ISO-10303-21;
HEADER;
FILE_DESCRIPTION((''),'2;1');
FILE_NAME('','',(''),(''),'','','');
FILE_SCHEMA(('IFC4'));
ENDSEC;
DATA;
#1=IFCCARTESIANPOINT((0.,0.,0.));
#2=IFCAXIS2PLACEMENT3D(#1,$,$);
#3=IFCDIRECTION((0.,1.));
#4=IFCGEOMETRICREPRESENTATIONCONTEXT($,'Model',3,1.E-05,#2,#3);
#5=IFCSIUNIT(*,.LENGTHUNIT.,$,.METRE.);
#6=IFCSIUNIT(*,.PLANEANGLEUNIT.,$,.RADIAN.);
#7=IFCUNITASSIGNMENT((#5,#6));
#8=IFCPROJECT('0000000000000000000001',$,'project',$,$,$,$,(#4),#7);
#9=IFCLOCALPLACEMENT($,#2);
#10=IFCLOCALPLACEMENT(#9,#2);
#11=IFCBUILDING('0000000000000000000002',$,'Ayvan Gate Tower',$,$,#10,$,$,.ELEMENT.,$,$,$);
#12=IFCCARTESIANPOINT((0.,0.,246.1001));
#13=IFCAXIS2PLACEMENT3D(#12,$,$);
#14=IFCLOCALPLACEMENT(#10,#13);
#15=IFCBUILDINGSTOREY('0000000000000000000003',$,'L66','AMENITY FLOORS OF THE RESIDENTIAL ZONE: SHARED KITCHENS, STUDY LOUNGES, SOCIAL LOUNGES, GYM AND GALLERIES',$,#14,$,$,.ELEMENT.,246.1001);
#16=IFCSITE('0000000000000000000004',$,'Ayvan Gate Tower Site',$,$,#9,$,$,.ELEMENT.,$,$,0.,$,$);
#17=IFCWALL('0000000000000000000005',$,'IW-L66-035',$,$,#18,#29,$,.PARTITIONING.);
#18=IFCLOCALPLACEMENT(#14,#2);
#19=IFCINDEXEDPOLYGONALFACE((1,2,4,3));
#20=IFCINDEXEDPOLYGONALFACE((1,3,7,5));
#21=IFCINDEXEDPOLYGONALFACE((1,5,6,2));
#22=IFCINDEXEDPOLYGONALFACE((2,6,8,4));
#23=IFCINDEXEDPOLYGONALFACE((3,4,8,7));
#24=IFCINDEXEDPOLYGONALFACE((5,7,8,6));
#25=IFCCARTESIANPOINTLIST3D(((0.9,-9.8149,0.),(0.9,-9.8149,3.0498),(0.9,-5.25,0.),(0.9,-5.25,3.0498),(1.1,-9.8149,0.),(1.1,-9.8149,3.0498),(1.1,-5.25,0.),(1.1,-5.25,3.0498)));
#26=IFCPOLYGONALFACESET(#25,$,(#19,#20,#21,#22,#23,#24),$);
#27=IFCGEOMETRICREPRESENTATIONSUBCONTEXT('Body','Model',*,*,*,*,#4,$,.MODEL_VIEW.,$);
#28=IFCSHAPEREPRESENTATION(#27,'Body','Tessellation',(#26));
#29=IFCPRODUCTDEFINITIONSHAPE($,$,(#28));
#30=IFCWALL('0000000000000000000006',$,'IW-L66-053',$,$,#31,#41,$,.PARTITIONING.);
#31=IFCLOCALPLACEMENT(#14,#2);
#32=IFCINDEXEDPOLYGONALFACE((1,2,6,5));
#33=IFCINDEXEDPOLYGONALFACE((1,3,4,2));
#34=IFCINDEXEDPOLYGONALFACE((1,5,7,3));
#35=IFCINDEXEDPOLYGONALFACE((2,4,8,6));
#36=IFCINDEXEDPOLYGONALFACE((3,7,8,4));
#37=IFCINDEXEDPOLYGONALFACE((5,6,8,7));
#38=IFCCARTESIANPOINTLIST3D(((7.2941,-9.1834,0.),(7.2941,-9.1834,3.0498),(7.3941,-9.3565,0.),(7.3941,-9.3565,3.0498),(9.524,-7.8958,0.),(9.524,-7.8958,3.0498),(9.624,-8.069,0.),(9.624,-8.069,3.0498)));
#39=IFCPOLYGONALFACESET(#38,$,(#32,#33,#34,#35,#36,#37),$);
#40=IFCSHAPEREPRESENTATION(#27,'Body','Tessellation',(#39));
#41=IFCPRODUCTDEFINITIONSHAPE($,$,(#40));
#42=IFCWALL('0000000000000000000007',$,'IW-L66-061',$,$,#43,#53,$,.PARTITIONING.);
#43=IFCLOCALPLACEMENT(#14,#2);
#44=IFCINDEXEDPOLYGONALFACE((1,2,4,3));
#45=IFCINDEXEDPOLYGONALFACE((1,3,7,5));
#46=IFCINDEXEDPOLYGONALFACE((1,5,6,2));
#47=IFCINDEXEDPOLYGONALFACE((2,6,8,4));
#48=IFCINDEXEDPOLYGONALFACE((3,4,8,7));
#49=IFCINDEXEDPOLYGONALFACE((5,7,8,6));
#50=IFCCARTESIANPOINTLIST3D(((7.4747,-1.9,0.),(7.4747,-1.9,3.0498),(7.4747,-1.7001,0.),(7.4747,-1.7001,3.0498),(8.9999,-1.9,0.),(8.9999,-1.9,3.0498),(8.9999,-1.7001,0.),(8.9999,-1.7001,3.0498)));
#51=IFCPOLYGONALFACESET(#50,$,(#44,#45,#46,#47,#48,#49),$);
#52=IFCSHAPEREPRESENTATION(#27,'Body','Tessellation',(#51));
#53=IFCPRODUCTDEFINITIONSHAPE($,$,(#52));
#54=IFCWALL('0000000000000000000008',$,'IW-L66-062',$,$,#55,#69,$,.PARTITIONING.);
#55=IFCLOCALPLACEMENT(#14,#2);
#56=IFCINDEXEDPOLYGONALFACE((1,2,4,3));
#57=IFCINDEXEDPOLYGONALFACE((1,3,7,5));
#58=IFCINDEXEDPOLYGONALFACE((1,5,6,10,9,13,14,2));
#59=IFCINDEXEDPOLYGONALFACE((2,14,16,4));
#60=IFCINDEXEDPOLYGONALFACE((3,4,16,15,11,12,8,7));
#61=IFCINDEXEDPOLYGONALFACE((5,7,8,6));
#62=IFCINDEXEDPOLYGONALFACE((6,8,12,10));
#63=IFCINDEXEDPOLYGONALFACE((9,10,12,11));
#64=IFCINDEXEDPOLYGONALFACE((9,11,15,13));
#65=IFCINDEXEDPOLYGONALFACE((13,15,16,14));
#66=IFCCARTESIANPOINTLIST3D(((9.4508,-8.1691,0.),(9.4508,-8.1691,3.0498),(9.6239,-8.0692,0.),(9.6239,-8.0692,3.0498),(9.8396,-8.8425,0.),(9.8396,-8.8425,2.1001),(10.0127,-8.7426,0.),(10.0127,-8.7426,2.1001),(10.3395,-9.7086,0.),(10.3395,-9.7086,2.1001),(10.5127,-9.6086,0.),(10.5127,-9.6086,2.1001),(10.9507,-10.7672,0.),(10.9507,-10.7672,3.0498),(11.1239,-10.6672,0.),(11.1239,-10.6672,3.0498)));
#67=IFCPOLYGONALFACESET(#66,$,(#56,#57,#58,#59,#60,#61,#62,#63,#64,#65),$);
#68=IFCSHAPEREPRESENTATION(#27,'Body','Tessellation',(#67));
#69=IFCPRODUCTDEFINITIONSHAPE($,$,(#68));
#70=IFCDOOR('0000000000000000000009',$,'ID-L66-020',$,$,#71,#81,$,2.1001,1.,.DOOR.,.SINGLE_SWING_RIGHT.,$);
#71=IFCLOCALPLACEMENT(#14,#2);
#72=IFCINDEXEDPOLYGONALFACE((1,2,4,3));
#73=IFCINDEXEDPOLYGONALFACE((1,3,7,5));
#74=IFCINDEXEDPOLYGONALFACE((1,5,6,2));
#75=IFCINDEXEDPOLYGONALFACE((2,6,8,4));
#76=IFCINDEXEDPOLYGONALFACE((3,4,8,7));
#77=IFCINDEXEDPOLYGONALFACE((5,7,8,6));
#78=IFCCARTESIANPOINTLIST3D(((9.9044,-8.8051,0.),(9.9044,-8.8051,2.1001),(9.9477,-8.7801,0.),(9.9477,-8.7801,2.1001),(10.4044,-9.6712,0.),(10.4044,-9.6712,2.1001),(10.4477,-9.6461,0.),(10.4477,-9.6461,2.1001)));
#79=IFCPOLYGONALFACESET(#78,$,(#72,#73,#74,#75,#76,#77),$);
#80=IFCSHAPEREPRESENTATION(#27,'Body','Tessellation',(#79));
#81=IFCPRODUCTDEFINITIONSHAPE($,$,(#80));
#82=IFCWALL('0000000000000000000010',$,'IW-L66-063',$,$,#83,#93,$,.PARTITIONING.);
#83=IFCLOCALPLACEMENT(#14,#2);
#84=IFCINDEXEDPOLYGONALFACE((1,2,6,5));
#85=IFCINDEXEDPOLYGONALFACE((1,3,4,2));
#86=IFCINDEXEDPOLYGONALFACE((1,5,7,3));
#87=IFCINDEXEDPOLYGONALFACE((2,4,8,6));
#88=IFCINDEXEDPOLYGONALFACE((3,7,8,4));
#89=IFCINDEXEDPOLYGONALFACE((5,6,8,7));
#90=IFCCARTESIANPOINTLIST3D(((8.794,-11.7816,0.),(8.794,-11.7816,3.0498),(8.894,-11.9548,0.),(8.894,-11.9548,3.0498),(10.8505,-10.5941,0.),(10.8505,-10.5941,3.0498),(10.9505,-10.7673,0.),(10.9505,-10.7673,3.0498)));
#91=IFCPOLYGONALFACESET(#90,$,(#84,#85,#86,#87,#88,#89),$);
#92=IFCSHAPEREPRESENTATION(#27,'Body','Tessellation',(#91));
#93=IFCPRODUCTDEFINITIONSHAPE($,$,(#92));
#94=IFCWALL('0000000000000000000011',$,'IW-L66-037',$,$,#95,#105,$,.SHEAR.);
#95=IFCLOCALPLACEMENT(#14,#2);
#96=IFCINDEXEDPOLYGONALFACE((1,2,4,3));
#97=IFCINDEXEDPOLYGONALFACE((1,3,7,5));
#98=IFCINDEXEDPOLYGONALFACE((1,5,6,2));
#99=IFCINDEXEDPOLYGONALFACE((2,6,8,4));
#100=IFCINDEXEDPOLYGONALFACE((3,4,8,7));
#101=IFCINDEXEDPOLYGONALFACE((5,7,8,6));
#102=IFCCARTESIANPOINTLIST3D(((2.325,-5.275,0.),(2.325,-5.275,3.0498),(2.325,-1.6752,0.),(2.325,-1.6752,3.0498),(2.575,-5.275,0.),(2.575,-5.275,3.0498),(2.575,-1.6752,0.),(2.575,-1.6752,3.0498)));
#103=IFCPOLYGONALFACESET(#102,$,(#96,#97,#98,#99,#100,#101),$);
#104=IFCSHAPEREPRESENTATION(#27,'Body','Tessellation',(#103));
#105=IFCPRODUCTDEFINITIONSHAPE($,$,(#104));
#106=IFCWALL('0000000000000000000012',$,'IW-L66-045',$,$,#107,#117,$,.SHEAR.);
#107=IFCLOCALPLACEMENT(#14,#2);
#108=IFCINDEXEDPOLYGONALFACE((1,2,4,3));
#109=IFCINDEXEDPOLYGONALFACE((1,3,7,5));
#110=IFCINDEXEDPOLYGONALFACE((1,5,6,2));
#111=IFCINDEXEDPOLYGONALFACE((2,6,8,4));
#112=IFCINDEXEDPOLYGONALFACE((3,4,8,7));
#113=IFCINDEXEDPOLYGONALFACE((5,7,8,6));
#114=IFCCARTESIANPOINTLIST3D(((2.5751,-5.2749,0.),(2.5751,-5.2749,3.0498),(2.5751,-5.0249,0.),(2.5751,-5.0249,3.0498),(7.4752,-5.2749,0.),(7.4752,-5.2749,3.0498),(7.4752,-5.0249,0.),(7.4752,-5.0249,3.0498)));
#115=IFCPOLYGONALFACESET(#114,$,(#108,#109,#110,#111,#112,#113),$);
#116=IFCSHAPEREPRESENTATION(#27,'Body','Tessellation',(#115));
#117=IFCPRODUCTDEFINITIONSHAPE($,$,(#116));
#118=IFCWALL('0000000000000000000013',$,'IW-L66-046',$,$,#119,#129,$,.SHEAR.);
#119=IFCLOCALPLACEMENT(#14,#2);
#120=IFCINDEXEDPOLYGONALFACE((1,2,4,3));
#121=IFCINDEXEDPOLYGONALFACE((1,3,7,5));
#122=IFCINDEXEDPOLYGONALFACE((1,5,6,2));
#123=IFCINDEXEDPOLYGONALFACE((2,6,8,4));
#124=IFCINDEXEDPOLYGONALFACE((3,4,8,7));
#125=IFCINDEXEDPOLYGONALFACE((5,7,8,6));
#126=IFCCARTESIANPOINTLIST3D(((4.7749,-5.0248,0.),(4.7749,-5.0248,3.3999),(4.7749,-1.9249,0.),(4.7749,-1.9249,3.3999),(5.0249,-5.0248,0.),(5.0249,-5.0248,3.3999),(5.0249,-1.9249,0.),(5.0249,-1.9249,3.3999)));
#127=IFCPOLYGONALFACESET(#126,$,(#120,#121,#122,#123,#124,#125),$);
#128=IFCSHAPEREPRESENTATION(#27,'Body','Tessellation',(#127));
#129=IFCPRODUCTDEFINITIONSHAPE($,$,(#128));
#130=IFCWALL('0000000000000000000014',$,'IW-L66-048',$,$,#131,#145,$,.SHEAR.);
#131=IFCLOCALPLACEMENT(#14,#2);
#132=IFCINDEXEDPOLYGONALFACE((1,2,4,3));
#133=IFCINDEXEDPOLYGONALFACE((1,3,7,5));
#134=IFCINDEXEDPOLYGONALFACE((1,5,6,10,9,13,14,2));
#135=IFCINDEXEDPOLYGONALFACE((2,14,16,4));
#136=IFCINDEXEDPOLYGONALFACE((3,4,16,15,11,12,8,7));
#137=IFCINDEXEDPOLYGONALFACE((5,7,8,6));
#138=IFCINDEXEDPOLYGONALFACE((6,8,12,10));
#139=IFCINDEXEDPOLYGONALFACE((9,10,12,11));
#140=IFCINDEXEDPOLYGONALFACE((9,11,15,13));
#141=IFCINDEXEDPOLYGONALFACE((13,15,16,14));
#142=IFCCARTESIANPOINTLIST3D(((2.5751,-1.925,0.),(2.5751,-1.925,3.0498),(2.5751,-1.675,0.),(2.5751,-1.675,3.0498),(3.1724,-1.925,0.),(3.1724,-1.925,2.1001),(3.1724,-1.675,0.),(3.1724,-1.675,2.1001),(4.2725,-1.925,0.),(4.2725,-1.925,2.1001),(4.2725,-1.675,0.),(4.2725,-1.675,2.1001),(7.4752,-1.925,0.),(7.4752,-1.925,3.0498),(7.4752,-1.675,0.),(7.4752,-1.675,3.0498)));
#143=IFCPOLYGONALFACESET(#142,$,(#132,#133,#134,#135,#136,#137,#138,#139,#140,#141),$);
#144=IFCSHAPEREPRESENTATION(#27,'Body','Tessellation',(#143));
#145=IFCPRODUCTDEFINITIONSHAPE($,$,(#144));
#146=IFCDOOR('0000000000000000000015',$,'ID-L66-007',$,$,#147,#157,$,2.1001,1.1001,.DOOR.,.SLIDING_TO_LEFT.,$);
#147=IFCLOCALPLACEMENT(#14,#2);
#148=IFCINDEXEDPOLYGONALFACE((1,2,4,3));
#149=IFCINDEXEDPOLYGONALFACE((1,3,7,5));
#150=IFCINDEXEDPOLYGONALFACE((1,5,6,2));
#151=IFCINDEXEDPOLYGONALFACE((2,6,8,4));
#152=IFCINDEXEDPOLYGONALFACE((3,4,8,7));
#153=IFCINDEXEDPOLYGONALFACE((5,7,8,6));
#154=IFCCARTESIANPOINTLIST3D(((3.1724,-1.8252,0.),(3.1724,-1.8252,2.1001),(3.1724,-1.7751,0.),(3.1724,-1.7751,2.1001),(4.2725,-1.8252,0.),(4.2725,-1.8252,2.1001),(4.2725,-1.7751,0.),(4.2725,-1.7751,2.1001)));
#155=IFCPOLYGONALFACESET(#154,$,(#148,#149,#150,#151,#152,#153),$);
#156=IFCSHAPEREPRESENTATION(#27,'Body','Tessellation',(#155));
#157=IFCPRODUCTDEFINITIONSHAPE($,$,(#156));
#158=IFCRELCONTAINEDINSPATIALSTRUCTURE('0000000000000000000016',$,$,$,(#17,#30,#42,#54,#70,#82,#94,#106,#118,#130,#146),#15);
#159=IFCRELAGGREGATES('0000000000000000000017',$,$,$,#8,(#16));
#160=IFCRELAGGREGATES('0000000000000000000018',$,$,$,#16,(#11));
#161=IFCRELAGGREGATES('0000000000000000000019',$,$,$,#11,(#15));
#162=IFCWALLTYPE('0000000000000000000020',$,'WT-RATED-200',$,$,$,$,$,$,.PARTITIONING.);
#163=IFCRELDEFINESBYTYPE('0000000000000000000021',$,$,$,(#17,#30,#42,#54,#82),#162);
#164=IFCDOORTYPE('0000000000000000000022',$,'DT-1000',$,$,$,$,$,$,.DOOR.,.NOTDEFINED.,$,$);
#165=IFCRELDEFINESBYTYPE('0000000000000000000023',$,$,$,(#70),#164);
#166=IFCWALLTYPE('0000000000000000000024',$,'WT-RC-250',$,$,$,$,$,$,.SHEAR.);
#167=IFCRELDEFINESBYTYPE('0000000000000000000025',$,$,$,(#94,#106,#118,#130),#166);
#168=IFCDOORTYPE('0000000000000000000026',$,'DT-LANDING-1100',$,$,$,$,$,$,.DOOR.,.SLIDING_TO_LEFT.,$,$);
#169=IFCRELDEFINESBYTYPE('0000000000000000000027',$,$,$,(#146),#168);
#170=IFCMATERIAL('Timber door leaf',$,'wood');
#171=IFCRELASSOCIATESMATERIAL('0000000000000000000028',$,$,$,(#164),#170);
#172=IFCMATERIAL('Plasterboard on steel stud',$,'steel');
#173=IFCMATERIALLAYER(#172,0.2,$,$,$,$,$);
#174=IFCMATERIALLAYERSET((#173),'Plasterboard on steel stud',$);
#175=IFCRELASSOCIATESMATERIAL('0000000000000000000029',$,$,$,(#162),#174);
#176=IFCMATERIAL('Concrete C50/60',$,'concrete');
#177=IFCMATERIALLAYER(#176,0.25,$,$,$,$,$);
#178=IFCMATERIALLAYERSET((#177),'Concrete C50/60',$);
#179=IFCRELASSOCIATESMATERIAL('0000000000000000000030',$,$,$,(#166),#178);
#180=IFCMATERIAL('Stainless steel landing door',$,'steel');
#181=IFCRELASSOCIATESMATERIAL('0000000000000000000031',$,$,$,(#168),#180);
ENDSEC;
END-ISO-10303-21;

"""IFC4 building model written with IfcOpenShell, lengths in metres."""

from ifc_helpers import new_model, si_unit, direction, frame, frame_2d, origin, place, context, subcontext, project, spatial, rectangle, extrude, material, layer, layer_set, type_object, element, fill, save


model = new_model("IFC4")

# Units and contexts
model_context = context("Model", 3, precision=1e-05, world=origin(), true_north=direction((0.0, 1.0)))
body_context = subcontext(model_context, "Body", "Model", "MODEL_VIEW")
ifc_project = project(units=[si_unit("LENGTHUNIT", "METRE"), si_unit("PLANEANGLEUNIT", "RADIAN")], contexts=[model_context])

# Site, building, storey
site_placement = place(None, origin())
site = spatial("IfcSite", under=ifc_project, at=site_placement, Name="Ayvan Gate Tower Site", CompositionType="ELEMENT", RefElevation=0.0)
building_placement = place(site_placement, origin())
building = spatial("IfcBuilding", under=site, at=building_placement, Name="Ayvan Gate Tower", CompositionType="ELEMENT")
storey_placement = place(building_placement, frame((0.0, 0.0, 246.1001)))
storey = spatial("IfcBuildingStorey", under=building, at=storey_placement, Name="L66", Description="AMENITY FLOORS OF THE RESIDENTIAL ZONE: SHARED KITCHENS, STUDY LOUNGES, SOCIAL LOUNGES, GYM AND GALLERIES", CompositionType="ELEMENT", Elevation=246.1001)

# Shared definitions
ifc_material_1 = material(Name="Concrete C50/60", Category="concrete")

# Shared definitions
ifc_material_2 = material(Name="Timber door leaf", Category="wood")

# Shared definitions
ifc_material_3 = material(Name="Plasterboard on steel stud", Category="steel")

# Shared definitions
door_type_1 = type_object("IfcDoorType", Name="DT-1000", OperationType="NOTDEFINED", PredefinedType="DOOR", material=ifc_material_2)

# Walls
ifc_layer_1 = layer(ifc_material_3, 0.2)
ifc_layer_set_1 = layer_set([ifc_layer_1], Name="Plasterboard on steel stud")
wall_type_1 = type_object("IfcWallType", Name="WT-RATED-200", PredefinedType="PARTITIONING", material=ifc_layer_set_1)
wall_1_placement = place(storey_placement, frame((1.0, -5.25, 0.0), z_axis=(0.0, 0.0, 1.0), x_axis=(0.0, -1.0, 0.0)))
element("IfcWall", 1, at=wall_1_placement, inside=storey, type_object=wall_type_1, Name="IW-L66-035", PredefinedType="PARTITIONING", context=body_context, shape_type="SweptSolid", body=[
    extrude(rectangle(XDim=4.5649, YDim=0.2, at=frame_2d((2.2825, 0.0))), origin(), (0.0, 0.0, 1.0), 3.0498),
])
wall_2_placement = place(storey_placement, frame((7.344, -9.27, 0.0), z_axis=(0.0, 0.0, 1.0), x_axis=(0.866006, 0.500034, 0.0)))
element("IfcWall", 2, at=wall_2_placement, inside=storey, type_object=wall_type_1, Name="IW-L66-053", PredefinedType="PARTITIONING", context=body_context, shape_type="SweptSolid", body=[
    extrude(rectangle(XDim=2.575, YDim=0.2, at=frame_2d((1.2876, 0.0))), origin(), (0.0, 0.0, 1.0), 3.0498),
])
wall_3_placement = place(storey_placement, frame((9.0, -1.8, 0.0), z_axis=(0.0, 0.0, 1.0), x_axis=(-1.0, 0.0, 0.0)))
element("IfcWall", 3, at=wall_3_placement, inside=storey, type_object=wall_type_1, Name="IW-L66-061", PredefinedType="PARTITIONING", context=body_context, shape_type="SweptSolid", body=[
    extrude(rectangle(XDim=1.5251, YDim=0.2, at=frame_2d((0.7627, 0.0))), origin(), (0.0, 0.0, 1.0), 3.0498),
])

# Wall, opening, door
wall_4_placement = place(storey_placement, frame((9.5374, -8.1191, 0.0), z_axis=(0.0, 0.0, 1.0), x_axis=(0.49999, -0.866031, 0.0)))
wall_4 = element("IfcWall", 4, at=wall_4_placement, inside=storey, type_object=wall_type_1, Name="IW-L66-062", PredefinedType="PARTITIONING", context=body_context, shape_type="SweptSolid", body=[
    extrude(rectangle(XDim=3.0, YDim=0.2, at=frame_2d((1.5, 0.0))), origin(), (0.0, 0.0, 1.0), 3.0498),
])
opening_1_placement = place(wall_4_placement, frame((0.7776, 0.0, 0.0)))
opening_1 = element("IfcOpeningElement", 5, at=opening_1_placement, cuts=wall_4, PredefinedType="OPENING", context=body_context, shape_type="SweptSolid", body=[
    extrude(rectangle(XDim=1.0, YDim=2.1001, at=frame_2d((0.5, 1.05))), frame((0.0, 0.1099, 0.0), z_axis=(0.0, -1.0, 0.0), x_axis=(1.0, 0.0, 0.0)), (0.0, 0.0, 1.0), 0.22),
])
door_1_placement = place(opening_1_placement, origin())
door_1 = element("IfcDoor", 6, at=door_1_placement, inside=storey, type_object=door_type_1, Name="ID-L66-020", OperationType="SINGLE_SWING_RIGHT", OverallHeight=2.1001, OverallWidth=1.0, PredefinedType="DOOR", context=body_context, shape_type="SweptSolid", body=[
    extrude(rectangle(XDim=1.0, YDim=2.1001, at=frame_2d((0.5, 1.05))), frame((0.0, 0.0249, 0.0), z_axis=(0.0, -1.0, 0.0), x_axis=(1.0, 0.0, 0.0)), (0.0, 0.0, 1.0), 0.05),
])
fill(opening_1, door_1)

# Walls
wall_5_placement = place(storey_placement, frame((10.9006, -10.6807, 0.0), z_axis=(0.0, 0.0, 1.0), x_axis=(-0.866008, -0.500031, 0.0)))
element("IfcWall", 7, at=wall_5_placement, inside=storey, type_object=wall_type_1, Name="IW-L66-063", PredefinedType="PARTITIONING", context=body_context, shape_type="SweptSolid", body=[
    extrude(rectangle(XDim=2.3748, YDim=0.2, at=frame_2d((1.1875, 0.0))), origin(), (0.0, 0.0, 1.0), 3.0498),
])
ifc_layer_2 = layer(ifc_material_1, 0.25)
ifc_layer_set_2 = layer_set([ifc_layer_2], Name="Concrete C50/60")
wall_type_2 = type_object("IfcWallType", Name="WT-RC-250", PredefinedType="SHEAR", material=ifc_layer_set_2)
wall_6_placement = place(storey_placement, frame((2.45, -5.2749, 0.0), z_axis=(0.0, 0.0, 1.0), x_axis=(0.0, 1.0, 0.0)))
element("IfcWall", 8, at=wall_6_placement, inside=storey, type_object=wall_type_2, Name="IW-L66-037", PredefinedType="SHEAR", context=body_context, shape_type="SweptSolid", body=[
    extrude(rectangle(XDim=3.5999, YDim=0.25, at=frame_2d((1.7998, 0.0))), origin(), (0.0, 0.0, 1.0), 3.0498),
])
wall_7_placement = place(storey_placement, frame((2.575, -5.1499, 0.0), z_axis=(0.0, 0.0, 1.0), x_axis=(1.0, 0.0, 0.0)))
element("IfcWall", 9, at=wall_7_placement, inside=storey, type_object=wall_type_2, Name="IW-L66-045", PredefinedType="SHEAR", context=body_context, shape_type="SweptSolid", body=[
    extrude(rectangle(XDim=4.9001, YDim=0.25, at=frame_2d((2.4502, 0.0))), origin(), (0.0, 0.0, 1.0), 3.0498),
])
wall_8_placement = place(storey_placement, frame((4.8999, -1.925, 0.0), z_axis=(0.0, 0.0, 1.0), x_axis=(0.0, -1.0, 0.0)))
element("IfcWall", 10, at=wall_8_placement, inside=storey, type_object=wall_type_2, Name="IW-L66-046", PredefinedType="SHEAR", context=body_context, shape_type="SweptSolid", body=[
    extrude(rectangle(XDim=3.0999, YDim=0.25, at=frame_2d((1.5498, 0.0))), origin(), (0.0, 0.0, 1.0), 3.3999),
])

# Wall, opening, door
wall_9_placement = place(storey_placement, frame((2.575, -1.8, 0.0), z_axis=(0.0, 0.0, 1.0), x_axis=(1.0, 0.0, 0.0)))
wall_9 = element("IfcWall", 11, at=wall_9_placement, inside=storey, type_object=wall_type_2, Name="IW-L66-048", PredefinedType="SHEAR", context=body_context, shape_type="SweptSolid", body=[
    extrude(rectangle(XDim=4.9001, YDim=0.25, at=frame_2d((2.4502, 0.0))), origin(), (0.0, 0.0, 1.0), 3.0498),
])
opening_2_placement = place(wall_9_placement, frame((0.5974, 0.0, 0.0)))
opening_2 = element("IfcOpeningElement", 12, at=opening_2_placement, cuts=wall_9, PredefinedType="OPENING", context=body_context, shape_type="SweptSolid", body=[
    extrude(rectangle(XDim=1.1001, YDim=2.1001, at=frame_2d((0.55, 1.05))), frame((0.0, 0.135, 0.0), z_axis=(0.0, -1.0, 0.0), x_axis=(1.0, 0.0, 0.0)), (0.0, 0.0, 1.0), 0.27),
])
ifc_material_4 = material(Name="Stainless steel landing door", Category="steel")
door_type_2 = type_object("IfcDoorType", Name="DT-LANDING-1100", OperationType="SLIDING_TO_LEFT", PredefinedType="DOOR", material=ifc_material_4)
door_2_placement = place(opening_2_placement, origin())
door_2 = element("IfcDoor", 13, at=door_2_placement, inside=storey, type_object=door_type_2, Name="ID-L66-007", OperationType="SLIDING_TO_LEFT", OverallHeight=2.1001, OverallWidth=1.1001, PredefinedType="DOOR", context=body_context, shape_type="SweptSolid", body=[
    extrude(rectangle(XDim=1.1001, YDim=2.1001, at=frame_2d((0.55, 1.05))), frame((0.0, 0.0249, 0.0), z_axis=(0.0, -1.0, 0.0), x_axis=(1.0, 0.0, 0.0)), (0.0, 0.0, 1.0), 0.05),
])
fill(opening_2, door_2)

save(model, "model.ifc")
